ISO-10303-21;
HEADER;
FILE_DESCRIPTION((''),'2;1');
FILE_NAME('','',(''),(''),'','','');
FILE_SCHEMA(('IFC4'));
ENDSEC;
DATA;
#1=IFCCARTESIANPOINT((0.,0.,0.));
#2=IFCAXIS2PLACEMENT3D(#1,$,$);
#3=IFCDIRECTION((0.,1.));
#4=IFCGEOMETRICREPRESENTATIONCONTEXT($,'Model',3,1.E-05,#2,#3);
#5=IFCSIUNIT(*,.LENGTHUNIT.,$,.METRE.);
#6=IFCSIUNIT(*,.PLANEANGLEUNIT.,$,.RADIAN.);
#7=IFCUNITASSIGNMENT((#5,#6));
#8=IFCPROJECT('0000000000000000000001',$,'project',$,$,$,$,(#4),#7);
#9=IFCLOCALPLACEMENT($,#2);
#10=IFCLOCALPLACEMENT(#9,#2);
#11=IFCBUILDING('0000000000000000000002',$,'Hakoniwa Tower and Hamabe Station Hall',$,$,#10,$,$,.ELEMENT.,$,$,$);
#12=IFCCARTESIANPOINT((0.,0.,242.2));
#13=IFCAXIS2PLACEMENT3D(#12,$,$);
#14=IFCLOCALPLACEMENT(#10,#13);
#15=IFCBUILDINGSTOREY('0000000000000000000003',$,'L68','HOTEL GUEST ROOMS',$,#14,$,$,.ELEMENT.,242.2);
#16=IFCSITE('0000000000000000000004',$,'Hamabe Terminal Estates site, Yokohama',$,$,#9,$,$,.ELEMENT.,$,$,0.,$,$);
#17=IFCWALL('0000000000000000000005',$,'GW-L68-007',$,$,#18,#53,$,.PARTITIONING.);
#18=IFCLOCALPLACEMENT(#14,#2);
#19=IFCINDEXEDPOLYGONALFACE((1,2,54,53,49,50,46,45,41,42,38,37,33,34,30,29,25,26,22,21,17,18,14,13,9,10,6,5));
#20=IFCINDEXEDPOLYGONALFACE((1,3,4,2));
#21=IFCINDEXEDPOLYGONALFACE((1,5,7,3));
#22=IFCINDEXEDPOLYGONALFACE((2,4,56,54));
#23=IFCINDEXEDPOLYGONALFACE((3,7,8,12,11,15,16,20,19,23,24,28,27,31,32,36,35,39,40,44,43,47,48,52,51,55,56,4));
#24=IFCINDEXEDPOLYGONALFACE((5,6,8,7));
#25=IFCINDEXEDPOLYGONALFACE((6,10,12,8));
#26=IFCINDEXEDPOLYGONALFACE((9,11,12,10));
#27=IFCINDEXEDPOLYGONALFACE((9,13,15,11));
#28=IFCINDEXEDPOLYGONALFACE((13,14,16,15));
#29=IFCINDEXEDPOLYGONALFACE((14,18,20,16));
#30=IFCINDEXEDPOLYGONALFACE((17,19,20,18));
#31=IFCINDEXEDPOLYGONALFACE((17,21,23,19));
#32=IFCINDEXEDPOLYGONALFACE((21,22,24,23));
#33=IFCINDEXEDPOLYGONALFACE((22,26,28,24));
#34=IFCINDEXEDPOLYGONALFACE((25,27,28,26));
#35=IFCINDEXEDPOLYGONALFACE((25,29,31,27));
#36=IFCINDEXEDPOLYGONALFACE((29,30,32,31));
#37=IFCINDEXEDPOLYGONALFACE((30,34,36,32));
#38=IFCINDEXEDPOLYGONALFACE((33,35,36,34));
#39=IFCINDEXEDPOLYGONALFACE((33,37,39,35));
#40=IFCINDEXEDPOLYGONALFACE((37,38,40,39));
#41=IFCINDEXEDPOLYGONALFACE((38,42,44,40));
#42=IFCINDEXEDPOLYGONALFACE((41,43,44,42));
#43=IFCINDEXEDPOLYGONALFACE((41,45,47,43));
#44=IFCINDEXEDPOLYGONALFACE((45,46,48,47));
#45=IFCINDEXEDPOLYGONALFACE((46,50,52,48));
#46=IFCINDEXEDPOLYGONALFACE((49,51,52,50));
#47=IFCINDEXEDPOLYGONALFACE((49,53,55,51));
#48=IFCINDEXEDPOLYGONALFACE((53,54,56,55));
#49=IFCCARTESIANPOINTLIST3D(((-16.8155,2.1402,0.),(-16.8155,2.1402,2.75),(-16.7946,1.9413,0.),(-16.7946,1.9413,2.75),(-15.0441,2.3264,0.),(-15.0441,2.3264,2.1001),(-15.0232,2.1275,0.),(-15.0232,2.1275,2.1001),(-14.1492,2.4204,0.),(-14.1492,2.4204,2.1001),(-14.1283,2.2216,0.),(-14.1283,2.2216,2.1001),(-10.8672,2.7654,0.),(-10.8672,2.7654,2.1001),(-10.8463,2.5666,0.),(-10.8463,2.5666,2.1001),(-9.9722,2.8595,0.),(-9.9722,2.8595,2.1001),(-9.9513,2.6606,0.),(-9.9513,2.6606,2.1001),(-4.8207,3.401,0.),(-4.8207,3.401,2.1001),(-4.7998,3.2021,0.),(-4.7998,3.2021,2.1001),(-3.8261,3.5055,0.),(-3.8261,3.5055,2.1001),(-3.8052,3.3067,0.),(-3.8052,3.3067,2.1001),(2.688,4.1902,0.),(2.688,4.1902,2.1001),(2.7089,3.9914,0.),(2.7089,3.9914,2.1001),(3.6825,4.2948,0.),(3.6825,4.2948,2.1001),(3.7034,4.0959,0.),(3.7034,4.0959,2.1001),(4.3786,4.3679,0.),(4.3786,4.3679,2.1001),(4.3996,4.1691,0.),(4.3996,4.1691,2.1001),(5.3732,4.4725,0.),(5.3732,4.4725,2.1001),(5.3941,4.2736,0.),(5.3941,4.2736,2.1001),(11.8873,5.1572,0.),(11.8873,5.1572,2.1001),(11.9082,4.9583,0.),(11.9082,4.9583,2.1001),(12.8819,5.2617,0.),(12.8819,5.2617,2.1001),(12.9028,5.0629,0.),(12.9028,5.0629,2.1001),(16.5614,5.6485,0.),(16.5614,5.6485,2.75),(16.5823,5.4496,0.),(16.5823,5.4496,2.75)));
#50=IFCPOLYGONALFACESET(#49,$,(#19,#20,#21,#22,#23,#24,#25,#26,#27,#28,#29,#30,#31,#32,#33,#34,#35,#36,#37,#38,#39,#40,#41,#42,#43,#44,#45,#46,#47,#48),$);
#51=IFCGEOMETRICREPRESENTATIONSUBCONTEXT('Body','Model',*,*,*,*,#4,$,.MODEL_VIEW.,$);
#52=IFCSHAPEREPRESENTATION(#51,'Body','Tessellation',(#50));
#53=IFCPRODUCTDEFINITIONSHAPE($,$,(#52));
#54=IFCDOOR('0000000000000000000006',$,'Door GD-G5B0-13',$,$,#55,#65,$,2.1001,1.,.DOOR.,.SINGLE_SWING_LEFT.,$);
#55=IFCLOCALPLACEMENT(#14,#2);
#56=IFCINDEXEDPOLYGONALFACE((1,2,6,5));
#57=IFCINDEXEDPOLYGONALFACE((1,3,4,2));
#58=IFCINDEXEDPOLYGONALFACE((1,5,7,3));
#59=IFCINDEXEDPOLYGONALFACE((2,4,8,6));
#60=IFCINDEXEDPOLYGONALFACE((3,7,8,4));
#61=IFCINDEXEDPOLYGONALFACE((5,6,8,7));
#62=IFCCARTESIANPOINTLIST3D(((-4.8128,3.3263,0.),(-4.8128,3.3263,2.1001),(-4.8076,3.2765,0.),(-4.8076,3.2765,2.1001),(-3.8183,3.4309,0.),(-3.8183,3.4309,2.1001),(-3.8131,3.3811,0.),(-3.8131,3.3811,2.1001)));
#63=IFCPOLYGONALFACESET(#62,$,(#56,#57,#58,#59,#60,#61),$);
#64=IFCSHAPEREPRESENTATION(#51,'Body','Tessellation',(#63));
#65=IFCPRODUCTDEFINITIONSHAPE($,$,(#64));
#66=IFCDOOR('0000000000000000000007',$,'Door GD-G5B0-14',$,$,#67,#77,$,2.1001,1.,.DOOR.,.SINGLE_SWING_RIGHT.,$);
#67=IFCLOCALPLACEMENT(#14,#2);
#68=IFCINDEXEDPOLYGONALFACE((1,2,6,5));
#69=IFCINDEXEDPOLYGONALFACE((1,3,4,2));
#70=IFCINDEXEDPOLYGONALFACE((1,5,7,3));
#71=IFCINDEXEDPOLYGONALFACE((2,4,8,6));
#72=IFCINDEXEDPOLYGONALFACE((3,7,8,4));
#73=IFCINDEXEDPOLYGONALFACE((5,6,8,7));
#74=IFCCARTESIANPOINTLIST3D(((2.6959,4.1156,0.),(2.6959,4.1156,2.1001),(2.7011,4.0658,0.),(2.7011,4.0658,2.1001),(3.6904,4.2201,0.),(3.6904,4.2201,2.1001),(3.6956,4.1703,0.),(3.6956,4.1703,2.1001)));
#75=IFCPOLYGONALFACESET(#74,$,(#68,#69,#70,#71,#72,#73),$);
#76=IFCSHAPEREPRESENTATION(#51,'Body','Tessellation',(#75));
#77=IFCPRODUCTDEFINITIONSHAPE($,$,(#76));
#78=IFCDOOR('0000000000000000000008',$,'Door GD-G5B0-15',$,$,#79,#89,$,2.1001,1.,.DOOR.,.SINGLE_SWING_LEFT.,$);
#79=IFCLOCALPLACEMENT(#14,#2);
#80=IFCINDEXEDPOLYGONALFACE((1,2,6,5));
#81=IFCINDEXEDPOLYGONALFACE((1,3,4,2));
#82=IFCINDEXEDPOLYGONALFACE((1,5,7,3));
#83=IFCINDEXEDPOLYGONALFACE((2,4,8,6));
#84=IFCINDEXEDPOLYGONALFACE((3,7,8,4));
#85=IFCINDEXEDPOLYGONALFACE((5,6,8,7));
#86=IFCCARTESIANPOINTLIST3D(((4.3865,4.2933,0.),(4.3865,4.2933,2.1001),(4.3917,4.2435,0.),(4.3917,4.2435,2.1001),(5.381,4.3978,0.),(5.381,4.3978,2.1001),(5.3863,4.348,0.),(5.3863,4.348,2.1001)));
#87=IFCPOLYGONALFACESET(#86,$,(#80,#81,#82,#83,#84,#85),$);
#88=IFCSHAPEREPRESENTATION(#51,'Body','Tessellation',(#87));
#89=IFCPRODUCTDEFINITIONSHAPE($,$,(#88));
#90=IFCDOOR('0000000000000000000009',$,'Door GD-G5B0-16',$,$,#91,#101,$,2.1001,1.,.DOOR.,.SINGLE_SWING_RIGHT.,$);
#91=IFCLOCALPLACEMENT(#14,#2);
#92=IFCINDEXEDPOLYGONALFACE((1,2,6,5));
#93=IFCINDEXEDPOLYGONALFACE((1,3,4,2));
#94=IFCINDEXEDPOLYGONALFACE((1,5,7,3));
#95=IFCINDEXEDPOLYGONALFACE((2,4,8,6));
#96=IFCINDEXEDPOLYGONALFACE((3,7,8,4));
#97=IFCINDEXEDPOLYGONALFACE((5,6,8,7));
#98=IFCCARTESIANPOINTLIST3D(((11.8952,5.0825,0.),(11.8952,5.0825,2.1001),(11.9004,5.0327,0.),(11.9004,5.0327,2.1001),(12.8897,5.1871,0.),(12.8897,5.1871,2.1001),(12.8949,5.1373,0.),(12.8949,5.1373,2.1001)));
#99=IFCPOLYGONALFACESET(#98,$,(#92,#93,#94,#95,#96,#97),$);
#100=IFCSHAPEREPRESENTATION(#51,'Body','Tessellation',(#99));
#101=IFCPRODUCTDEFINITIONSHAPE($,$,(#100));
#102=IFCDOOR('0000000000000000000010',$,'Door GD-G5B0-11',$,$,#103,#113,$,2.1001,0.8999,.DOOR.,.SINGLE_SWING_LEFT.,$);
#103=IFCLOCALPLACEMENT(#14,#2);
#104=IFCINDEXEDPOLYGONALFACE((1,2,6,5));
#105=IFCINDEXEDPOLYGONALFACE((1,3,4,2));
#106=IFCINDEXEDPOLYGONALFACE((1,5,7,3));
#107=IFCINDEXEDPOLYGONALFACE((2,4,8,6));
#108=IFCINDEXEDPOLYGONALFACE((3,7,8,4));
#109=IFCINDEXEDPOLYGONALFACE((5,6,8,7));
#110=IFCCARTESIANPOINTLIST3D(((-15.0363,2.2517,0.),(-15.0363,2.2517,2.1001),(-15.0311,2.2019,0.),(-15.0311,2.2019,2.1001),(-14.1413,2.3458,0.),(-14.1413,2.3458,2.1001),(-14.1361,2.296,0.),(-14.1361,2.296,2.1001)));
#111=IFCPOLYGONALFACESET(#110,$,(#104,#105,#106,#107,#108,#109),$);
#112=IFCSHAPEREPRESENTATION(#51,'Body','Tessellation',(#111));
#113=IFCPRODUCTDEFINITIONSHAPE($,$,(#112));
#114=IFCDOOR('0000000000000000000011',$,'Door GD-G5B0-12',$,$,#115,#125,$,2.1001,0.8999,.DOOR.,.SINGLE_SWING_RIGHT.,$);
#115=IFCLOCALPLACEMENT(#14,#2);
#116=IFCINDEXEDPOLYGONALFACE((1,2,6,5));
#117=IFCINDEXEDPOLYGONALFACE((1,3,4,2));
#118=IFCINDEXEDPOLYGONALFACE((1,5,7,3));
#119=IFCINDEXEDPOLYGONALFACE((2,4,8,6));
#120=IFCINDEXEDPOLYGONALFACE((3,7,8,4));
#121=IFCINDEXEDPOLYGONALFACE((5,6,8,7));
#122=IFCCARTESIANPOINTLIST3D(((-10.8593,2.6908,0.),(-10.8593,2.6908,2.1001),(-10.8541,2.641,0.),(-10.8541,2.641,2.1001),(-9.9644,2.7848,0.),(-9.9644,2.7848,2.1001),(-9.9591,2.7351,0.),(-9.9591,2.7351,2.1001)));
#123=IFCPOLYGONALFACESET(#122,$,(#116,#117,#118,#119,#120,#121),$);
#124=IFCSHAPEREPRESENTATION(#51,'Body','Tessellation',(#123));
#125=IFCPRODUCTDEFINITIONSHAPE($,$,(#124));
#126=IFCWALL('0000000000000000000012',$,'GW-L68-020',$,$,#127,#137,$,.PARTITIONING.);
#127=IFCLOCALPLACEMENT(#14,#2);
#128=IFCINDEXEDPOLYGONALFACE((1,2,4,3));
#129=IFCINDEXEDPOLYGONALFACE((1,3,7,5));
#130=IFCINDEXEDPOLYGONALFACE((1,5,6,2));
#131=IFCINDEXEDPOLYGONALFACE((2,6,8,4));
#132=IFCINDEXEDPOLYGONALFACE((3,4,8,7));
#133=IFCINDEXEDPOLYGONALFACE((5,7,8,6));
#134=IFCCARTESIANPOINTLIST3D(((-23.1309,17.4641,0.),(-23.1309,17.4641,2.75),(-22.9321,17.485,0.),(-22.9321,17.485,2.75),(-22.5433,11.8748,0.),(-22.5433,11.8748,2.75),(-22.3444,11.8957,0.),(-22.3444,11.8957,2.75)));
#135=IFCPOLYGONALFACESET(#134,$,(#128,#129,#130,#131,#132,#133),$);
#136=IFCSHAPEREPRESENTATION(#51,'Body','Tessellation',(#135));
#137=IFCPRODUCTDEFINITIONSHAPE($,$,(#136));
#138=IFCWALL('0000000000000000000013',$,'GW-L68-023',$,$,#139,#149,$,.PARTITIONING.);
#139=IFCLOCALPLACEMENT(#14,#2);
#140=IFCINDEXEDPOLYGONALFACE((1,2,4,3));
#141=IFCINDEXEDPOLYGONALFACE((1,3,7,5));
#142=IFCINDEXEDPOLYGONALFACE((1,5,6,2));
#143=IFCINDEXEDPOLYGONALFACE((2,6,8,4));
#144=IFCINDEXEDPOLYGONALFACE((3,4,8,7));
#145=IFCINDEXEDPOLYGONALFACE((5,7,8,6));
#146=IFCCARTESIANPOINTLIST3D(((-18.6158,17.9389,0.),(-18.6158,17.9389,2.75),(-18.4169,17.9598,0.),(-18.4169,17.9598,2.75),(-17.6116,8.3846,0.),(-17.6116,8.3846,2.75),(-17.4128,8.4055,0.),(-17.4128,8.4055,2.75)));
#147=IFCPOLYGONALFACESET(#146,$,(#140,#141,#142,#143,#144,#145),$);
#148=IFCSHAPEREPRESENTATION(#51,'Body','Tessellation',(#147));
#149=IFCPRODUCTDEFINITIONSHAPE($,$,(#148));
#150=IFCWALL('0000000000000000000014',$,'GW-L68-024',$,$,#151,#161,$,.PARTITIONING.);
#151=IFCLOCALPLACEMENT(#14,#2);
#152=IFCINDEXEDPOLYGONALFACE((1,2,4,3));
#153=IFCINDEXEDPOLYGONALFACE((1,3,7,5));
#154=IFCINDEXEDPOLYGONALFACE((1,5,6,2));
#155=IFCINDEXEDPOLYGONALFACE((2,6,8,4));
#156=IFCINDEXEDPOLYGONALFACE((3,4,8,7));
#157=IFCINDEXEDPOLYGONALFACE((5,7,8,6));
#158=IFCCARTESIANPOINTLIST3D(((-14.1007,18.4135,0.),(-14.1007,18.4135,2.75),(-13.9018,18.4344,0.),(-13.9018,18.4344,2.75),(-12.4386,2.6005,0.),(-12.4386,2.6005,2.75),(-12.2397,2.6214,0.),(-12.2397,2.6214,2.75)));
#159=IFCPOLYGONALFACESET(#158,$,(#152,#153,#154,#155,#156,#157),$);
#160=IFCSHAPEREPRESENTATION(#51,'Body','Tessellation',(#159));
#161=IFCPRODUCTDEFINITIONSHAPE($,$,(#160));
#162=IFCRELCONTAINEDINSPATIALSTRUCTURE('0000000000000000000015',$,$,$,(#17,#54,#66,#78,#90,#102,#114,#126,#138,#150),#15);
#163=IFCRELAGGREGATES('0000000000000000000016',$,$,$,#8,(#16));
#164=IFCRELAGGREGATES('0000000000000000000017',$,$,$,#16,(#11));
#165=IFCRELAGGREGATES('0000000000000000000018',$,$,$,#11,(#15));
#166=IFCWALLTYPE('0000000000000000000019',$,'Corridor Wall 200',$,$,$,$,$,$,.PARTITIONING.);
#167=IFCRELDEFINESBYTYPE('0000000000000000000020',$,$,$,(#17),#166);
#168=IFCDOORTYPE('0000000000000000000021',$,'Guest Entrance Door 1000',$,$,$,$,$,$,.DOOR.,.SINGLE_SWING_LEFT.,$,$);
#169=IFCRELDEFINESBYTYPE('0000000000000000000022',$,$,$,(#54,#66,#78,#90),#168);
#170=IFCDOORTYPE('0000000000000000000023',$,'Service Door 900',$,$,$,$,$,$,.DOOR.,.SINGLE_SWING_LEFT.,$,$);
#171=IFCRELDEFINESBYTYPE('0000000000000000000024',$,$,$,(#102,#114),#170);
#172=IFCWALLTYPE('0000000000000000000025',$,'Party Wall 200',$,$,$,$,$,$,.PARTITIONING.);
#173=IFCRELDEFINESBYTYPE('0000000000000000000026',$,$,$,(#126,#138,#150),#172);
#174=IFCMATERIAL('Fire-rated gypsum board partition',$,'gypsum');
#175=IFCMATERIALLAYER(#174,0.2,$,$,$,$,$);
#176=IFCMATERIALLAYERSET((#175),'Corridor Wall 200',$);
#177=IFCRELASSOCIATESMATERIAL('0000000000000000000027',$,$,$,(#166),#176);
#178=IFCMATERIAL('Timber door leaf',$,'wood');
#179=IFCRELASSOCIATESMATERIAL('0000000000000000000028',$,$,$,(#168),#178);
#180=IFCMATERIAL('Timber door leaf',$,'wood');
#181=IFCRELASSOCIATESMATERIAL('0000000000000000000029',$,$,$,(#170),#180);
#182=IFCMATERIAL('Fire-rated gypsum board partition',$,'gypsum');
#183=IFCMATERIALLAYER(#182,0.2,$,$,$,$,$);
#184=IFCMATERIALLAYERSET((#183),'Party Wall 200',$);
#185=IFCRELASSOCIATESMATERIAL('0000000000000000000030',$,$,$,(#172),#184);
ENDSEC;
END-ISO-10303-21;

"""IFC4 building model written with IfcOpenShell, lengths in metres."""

from ifc_helpers import new_model, si_unit, direction, frame, frame_2d, origin, place, context, subcontext, project, spatial, rectangle, extrude, material, layer, layer_set, type_object, element, fill, save


model = new_model("IFC4")

# Units and contexts
model_context = context("Model", 3, precision=1e-05, world=origin(), true_north=direction((0.0, 1.0)))
body_context = subcontext(model_context, "Body", "Model", "MODEL_VIEW")
ifc_project = project(units=[si_unit("LENGTHUNIT", "METRE"), si_unit("PLANEANGLEUNIT", "RADIAN")], contexts=[model_context])

# Site, building, storey
site_placement = place(None, origin())
site = spatial("IfcSite", under=ifc_project, at=site_placement, Name="Hamabe Terminal Estates site, Yokohama", CompositionType="ELEMENT", RefElevation=0.0)
building_placement = place(site_placement, origin())
building = spatial("IfcBuilding", under=site, at=building_placement, Name="Hakoniwa Tower and Hamabe Station Hall", CompositionType="ELEMENT")
storey_placement = place(building_placement, frame((0.0, 0.0, 242.2)))
storey = spatial("IfcBuildingStorey", under=building, at=storey_placement, Name="L68", Description="HOTEL GUEST ROOMS", CompositionType="ELEMENT", Elevation=242.2)

# Wall, openings, doors
ifc_material_1 = material(Name="Fire-rated gypsum board partition", Category="gypsum")
ifc_layer_1 = layer(ifc_material_1, 0.2)
ifc_layer_set_1 = layer_set([ifc_layer_1], Name="Corridor Wall 200")
wall_type_1 = type_object("IfcWallType", Name="Corridor Wall 200", PredefinedType="PARTITIONING", material=ifc_layer_set_1)
ifc_material_2 = material(Name="Timber door leaf", Category="wood")
door_type_1 = type_object("IfcDoorType", Name="Guest Entrance Door 1000", OperationType="SINGLE_SWING_LEFT", PredefinedType="DOOR", material=ifc_material_2)
ifc_material_3 = material(Name="Timber door leaf", Category="wood")
door_type_2 = type_object("IfcDoorType", Name="Service Door 900", OperationType="SINGLE_SWING_LEFT", PredefinedType="DOOR", material=ifc_material_3)
wall_1_placement = place(storey_placement, frame((-16.8049, 2.0408, 0.0), z_axis=(0.0, 0.0, 1.0), x_axis=(0.994521, 0.104536, 0.0)))
wall_1 = element("IfcWall", 1, at=wall_1_placement, inside=storey, type_object=wall_type_1, Name="GW-L68-007", PredefinedType="PARTITIONING", context=body_context, shape_type="SweptSolid", body=[
    extrude(rectangle(XDim=33.5608, YDim=0.2, at=frame_2d((16.7803, 0.0))), origin(), (0.0, 0.0, 1.0), 2.75),
])
opening_1_placement = place(wall_1_placement, frame((1.781, 0.0, 0.0)))
opening_1 = element("IfcOpeningElement", 2, at=opening_1_placement, cuts=wall_1, PredefinedType="OPENING", context=body_context, shape_type="SweptSolid", body=[
    extrude(rectangle(XDim=0.8999, YDim=2.1001, at=frame_2d((0.45, 1.05))), frame((0.0, 0.1099, 0.0), z_axis=(0.0, -1.0, 0.0), x_axis=(1.0, 0.0, 0.0)), (0.0, 0.0, 1.0), 0.22),
])
opening_2_placement = place(wall_1_placement, frame((5.981, 0.0, 0.0)))
opening_2 = element("IfcOpeningElement", 3, at=opening_2_placement, cuts=wall_1, PredefinedType="OPENING", context=body_context, shape_type="SweptSolid", body=[
    extrude(rectangle(XDim=0.8999, YDim=2.1001, at=frame_2d((0.45, 1.05))), frame((0.0, 0.1099, 0.0), z_axis=(0.0, -1.0, 0.0), x_axis=(1.0, 0.0, 0.0)), (0.0, 0.0, 1.0), 0.22),
])
opening_3_placement = place(wall_1_placement, frame((12.0608, 0.0, 0.0)))
opening_3 = element("IfcOpeningElement", 4, at=opening_3_placement, cuts=wall_1, PredefinedType="OPENING", context=body_context, shape_type="SweptSolid", body=[
    extrude(rectangle(XDim=1.0, YDim=2.1001, at=frame_2d((0.5, 1.05))), frame((0.0, 0.1099, 0.0), z_axis=(0.0, -1.0, 0.0), x_axis=(1.0, 0.0, 0.0)), (0.0, 0.0, 1.0), 0.22),
])
opening_4_placement = place(wall_1_placement, frame((19.6108, 0.0, 0.0)))
opening_4 = element("IfcOpeningElement", 5, at=opening_4_placement, cuts=wall_1, PredefinedType="OPENING", context=body_context, shape_type="SweptSolid", body=[
    extrude(rectangle(XDim=1.0, YDim=2.1001, at=frame_2d((0.5, 1.05))), frame((0.0, 0.1099, 0.0), z_axis=(0.0, -1.0, 0.0), x_axis=(1.0, 0.0, 0.0)), (0.0, 0.0, 1.0), 0.22),
])
opening_5_placement = place(wall_1_placement, frame((21.3108, 0.0, 0.0)))
opening_5 = element("IfcOpeningElement", 6, at=opening_5_placement, cuts=wall_1, PredefinedType="OPENING", context=body_context, shape_type="SweptSolid", body=[
    extrude(rectangle(XDim=1.0, YDim=2.1001, at=frame_2d((0.5, 1.05))), frame((0.0, 0.1099, 0.0), z_axis=(0.0, -1.0, 0.0), x_axis=(1.0, 0.0, 0.0)), (0.0, 0.0, 1.0), 0.22),
])
opening_6_placement = place(wall_1_placement, frame((28.8608, 0.0, 0.0)))
opening_6 = element("IfcOpeningElement", 7, at=opening_6_placement, cuts=wall_1, PredefinedType="OPENING", context=body_context, shape_type="SweptSolid", body=[
    extrude(rectangle(XDim=1.0, YDim=2.1001, at=frame_2d((0.5, 1.05))), frame((0.0, 0.1099, 0.0), z_axis=(0.0, -1.0, 0.0), x_axis=(1.0, 0.0, 0.0)), (0.0, 0.0, 1.0), 0.22),
])
door_1_placement = place(opening_3_placement, origin())
door_1 = element("IfcDoor", 8, at=door_1_placement, inside=storey, type_object=door_type_1, Name="Door GD-G5B0-13", OperationType="SINGLE_SWING_LEFT", OverallHeight=2.1001, OverallWidth=1.0, PredefinedType="DOOR", context=body_context, shape_type="SweptSolid", body=[
    extrude(rectangle(XDim=1.0, YDim=2.1001, at=frame_2d((0.5, 1.05))), frame((0.0, 0.0249, 0.0), z_axis=(0.0, -1.0, 0.0), x_axis=(1.0, 0.0, 0.0)), (0.0, 0.0, 1.0), 0.05),
])
fill(opening_3, door_1)
door_2_placement = place(opening_4_placement, origin())
door_2 = element("IfcDoor", 9, at=door_2_placement, inside=storey, type_object=door_type_1, Name="Door GD-G5B0-14", OperationType="SINGLE_SWING_RIGHT", OverallHeight=2.1001, OverallWidth=1.0, PredefinedType="DOOR", context=body_context, shape_type="SweptSolid", body=[
    extrude(rectangle(XDim=1.0, YDim=2.1001, at=frame_2d((0.5, 1.05))), frame((0.0, 0.0249, 0.0), z_axis=(0.0, -1.0, 0.0), x_axis=(1.0, 0.0, 0.0)), (0.0, 0.0, 1.0), 0.05),
])
fill(opening_4, door_2)
door_3_placement = place(opening_5_placement, origin())
door_3 = element("IfcDoor", 10, at=door_3_placement, inside=storey, type_object=door_type_1, Name="Door GD-G5B0-15", OperationType="SINGLE_SWING_LEFT", OverallHeight=2.1001, OverallWidth=1.0, PredefinedType="DOOR", context=body_context, shape_type="SweptSolid", body=[
    extrude(rectangle(XDim=1.0, YDim=2.1001, at=frame_2d((0.5, 1.05))), frame((0.0, 0.0249, 0.0), z_axis=(0.0, -1.0, 0.0), x_axis=(1.0, 0.0, 0.0)), (0.0, 0.0, 1.0), 0.05),
])
fill(opening_5, door_3)
door_4_placement = place(opening_6_placement, origin())
door_4 = element("IfcDoor", 11, at=door_4_placement, inside=storey, type_object=door_type_1, Name="Door GD-G5B0-16", OperationType="SINGLE_SWING_RIGHT", OverallHeight=2.1001, OverallWidth=1.0, PredefinedType="DOOR", context=body_context, shape_type="SweptSolid", body=[
    extrude(rectangle(XDim=1.0, YDim=2.1001, at=frame_2d((0.5, 1.05))), frame((0.0, 0.0249, 0.0), z_axis=(0.0, -1.0, 0.0), x_axis=(1.0, 0.0, 0.0)), (0.0, 0.0, 1.0), 0.05),
])
fill(opening_6, door_4)
door_5_placement = place(opening_1_placement, origin())
door_5 = element("IfcDoor", 12, at=door_5_placement, inside=storey, type_object=door_type_2, Name="Door GD-G5B0-11", OperationType="SINGLE_SWING_LEFT", OverallHeight=2.1001, OverallWidth=0.8999, PredefinedType="DOOR", context=body_context, shape_type="SweptSolid", body=[
    extrude(rectangle(XDim=0.8999, YDim=2.1001, at=frame_2d((0.45, 1.05))), frame((0.0, 0.0249, 0.0), z_axis=(0.0, -1.0, 0.0), x_axis=(1.0, 0.0, 0.0)), (0.0, 0.0, 1.0), 0.05),
])
fill(opening_1, door_5)
door_6_placement = place(opening_2_placement, origin())
door_6 = element("IfcDoor", 13, at=door_6_placement, inside=storey, type_object=door_type_2, Name="Door GD-G5B0-12", OperationType="SINGLE_SWING_RIGHT", OverallHeight=2.1001, OverallWidth=0.8999, PredefinedType="DOOR", context=body_context, shape_type="SweptSolid", body=[
    extrude(rectangle(XDim=0.8999, YDim=2.1001, at=frame_2d((0.45, 1.05))), frame((0.0, 0.0249, 0.0), z_axis=(0.0, -1.0, 0.0), x_axis=(1.0, 0.0, 0.0)), (0.0, 0.0, 1.0), 0.05),
])
fill(opening_2, door_6)

# Walls
ifc_material_4 = material(Name="Fire-rated gypsum board partition", Category="gypsum")
ifc_layer_2 = layer(ifc_material_4, 0.2)
ifc_layer_set_2 = layer_set([ifc_layer_2], Name="Party Wall 200")
wall_type_2 = type_object("IfcWallType", Name="Party Wall 200", PredefinedType="PARTITIONING", material=ifc_layer_set_2)
wall_2_placement = place(storey_placement, frame((-22.4438, 11.8853, 0.0), z_axis=(0.0, 0.0, 1.0), x_axis=(-0.10456, 0.994519, 0.0)))
element("IfcWall", 14, at=wall_2_placement, inside=storey, type_object=wall_type_2, Name="GW-L68-020", PredefinedType="PARTITIONING", context=body_context, shape_type="SweptSolid", body=[
    extrude(rectangle(XDim=5.6201, YDim=0.2, at=frame_2d((2.8101, 0.0))), origin(), (0.0, 0.0, 1.0), 2.75),
])
wall_3_placement = place(storey_placement, frame((-17.5122, 8.395, 0.0), z_axis=(0.0, 0.0, 1.0), x_axis=(-0.104525, 0.994522, 0.0)))
element("IfcWall", 15, at=wall_3_placement, inside=storey, type_object=wall_type_2, Name="GW-L68-023", PredefinedType="PARTITIONING", context=body_context, shape_type="SweptSolid", body=[
    extrude(rectangle(XDim=9.6069, YDim=0.2, at=frame_2d((4.8035, 0.0))), origin(), (0.0, 0.0, 1.0), 2.75),
])
wall_4_placement = place(storey_placement, frame((-12.3391, 2.6108, 0.0), z_axis=(0.0, 0.0, 1.0), x_axis=(-0.104535, 0.994521, 0.0)))
element("IfcWall", 16, at=wall_4_placement, inside=storey, type_object=wall_type_2, Name="GW-L68-024", PredefinedType="PARTITIONING", context=body_context, shape_type="SweptSolid", body=[
    extrude(rectangle(XDim=15.9001, YDim=0.2, at=frame_2d((7.9502, 0.0))), origin(), (0.0, 0.0, 1.0), 2.75),
])

save(model, "model.ifc")
